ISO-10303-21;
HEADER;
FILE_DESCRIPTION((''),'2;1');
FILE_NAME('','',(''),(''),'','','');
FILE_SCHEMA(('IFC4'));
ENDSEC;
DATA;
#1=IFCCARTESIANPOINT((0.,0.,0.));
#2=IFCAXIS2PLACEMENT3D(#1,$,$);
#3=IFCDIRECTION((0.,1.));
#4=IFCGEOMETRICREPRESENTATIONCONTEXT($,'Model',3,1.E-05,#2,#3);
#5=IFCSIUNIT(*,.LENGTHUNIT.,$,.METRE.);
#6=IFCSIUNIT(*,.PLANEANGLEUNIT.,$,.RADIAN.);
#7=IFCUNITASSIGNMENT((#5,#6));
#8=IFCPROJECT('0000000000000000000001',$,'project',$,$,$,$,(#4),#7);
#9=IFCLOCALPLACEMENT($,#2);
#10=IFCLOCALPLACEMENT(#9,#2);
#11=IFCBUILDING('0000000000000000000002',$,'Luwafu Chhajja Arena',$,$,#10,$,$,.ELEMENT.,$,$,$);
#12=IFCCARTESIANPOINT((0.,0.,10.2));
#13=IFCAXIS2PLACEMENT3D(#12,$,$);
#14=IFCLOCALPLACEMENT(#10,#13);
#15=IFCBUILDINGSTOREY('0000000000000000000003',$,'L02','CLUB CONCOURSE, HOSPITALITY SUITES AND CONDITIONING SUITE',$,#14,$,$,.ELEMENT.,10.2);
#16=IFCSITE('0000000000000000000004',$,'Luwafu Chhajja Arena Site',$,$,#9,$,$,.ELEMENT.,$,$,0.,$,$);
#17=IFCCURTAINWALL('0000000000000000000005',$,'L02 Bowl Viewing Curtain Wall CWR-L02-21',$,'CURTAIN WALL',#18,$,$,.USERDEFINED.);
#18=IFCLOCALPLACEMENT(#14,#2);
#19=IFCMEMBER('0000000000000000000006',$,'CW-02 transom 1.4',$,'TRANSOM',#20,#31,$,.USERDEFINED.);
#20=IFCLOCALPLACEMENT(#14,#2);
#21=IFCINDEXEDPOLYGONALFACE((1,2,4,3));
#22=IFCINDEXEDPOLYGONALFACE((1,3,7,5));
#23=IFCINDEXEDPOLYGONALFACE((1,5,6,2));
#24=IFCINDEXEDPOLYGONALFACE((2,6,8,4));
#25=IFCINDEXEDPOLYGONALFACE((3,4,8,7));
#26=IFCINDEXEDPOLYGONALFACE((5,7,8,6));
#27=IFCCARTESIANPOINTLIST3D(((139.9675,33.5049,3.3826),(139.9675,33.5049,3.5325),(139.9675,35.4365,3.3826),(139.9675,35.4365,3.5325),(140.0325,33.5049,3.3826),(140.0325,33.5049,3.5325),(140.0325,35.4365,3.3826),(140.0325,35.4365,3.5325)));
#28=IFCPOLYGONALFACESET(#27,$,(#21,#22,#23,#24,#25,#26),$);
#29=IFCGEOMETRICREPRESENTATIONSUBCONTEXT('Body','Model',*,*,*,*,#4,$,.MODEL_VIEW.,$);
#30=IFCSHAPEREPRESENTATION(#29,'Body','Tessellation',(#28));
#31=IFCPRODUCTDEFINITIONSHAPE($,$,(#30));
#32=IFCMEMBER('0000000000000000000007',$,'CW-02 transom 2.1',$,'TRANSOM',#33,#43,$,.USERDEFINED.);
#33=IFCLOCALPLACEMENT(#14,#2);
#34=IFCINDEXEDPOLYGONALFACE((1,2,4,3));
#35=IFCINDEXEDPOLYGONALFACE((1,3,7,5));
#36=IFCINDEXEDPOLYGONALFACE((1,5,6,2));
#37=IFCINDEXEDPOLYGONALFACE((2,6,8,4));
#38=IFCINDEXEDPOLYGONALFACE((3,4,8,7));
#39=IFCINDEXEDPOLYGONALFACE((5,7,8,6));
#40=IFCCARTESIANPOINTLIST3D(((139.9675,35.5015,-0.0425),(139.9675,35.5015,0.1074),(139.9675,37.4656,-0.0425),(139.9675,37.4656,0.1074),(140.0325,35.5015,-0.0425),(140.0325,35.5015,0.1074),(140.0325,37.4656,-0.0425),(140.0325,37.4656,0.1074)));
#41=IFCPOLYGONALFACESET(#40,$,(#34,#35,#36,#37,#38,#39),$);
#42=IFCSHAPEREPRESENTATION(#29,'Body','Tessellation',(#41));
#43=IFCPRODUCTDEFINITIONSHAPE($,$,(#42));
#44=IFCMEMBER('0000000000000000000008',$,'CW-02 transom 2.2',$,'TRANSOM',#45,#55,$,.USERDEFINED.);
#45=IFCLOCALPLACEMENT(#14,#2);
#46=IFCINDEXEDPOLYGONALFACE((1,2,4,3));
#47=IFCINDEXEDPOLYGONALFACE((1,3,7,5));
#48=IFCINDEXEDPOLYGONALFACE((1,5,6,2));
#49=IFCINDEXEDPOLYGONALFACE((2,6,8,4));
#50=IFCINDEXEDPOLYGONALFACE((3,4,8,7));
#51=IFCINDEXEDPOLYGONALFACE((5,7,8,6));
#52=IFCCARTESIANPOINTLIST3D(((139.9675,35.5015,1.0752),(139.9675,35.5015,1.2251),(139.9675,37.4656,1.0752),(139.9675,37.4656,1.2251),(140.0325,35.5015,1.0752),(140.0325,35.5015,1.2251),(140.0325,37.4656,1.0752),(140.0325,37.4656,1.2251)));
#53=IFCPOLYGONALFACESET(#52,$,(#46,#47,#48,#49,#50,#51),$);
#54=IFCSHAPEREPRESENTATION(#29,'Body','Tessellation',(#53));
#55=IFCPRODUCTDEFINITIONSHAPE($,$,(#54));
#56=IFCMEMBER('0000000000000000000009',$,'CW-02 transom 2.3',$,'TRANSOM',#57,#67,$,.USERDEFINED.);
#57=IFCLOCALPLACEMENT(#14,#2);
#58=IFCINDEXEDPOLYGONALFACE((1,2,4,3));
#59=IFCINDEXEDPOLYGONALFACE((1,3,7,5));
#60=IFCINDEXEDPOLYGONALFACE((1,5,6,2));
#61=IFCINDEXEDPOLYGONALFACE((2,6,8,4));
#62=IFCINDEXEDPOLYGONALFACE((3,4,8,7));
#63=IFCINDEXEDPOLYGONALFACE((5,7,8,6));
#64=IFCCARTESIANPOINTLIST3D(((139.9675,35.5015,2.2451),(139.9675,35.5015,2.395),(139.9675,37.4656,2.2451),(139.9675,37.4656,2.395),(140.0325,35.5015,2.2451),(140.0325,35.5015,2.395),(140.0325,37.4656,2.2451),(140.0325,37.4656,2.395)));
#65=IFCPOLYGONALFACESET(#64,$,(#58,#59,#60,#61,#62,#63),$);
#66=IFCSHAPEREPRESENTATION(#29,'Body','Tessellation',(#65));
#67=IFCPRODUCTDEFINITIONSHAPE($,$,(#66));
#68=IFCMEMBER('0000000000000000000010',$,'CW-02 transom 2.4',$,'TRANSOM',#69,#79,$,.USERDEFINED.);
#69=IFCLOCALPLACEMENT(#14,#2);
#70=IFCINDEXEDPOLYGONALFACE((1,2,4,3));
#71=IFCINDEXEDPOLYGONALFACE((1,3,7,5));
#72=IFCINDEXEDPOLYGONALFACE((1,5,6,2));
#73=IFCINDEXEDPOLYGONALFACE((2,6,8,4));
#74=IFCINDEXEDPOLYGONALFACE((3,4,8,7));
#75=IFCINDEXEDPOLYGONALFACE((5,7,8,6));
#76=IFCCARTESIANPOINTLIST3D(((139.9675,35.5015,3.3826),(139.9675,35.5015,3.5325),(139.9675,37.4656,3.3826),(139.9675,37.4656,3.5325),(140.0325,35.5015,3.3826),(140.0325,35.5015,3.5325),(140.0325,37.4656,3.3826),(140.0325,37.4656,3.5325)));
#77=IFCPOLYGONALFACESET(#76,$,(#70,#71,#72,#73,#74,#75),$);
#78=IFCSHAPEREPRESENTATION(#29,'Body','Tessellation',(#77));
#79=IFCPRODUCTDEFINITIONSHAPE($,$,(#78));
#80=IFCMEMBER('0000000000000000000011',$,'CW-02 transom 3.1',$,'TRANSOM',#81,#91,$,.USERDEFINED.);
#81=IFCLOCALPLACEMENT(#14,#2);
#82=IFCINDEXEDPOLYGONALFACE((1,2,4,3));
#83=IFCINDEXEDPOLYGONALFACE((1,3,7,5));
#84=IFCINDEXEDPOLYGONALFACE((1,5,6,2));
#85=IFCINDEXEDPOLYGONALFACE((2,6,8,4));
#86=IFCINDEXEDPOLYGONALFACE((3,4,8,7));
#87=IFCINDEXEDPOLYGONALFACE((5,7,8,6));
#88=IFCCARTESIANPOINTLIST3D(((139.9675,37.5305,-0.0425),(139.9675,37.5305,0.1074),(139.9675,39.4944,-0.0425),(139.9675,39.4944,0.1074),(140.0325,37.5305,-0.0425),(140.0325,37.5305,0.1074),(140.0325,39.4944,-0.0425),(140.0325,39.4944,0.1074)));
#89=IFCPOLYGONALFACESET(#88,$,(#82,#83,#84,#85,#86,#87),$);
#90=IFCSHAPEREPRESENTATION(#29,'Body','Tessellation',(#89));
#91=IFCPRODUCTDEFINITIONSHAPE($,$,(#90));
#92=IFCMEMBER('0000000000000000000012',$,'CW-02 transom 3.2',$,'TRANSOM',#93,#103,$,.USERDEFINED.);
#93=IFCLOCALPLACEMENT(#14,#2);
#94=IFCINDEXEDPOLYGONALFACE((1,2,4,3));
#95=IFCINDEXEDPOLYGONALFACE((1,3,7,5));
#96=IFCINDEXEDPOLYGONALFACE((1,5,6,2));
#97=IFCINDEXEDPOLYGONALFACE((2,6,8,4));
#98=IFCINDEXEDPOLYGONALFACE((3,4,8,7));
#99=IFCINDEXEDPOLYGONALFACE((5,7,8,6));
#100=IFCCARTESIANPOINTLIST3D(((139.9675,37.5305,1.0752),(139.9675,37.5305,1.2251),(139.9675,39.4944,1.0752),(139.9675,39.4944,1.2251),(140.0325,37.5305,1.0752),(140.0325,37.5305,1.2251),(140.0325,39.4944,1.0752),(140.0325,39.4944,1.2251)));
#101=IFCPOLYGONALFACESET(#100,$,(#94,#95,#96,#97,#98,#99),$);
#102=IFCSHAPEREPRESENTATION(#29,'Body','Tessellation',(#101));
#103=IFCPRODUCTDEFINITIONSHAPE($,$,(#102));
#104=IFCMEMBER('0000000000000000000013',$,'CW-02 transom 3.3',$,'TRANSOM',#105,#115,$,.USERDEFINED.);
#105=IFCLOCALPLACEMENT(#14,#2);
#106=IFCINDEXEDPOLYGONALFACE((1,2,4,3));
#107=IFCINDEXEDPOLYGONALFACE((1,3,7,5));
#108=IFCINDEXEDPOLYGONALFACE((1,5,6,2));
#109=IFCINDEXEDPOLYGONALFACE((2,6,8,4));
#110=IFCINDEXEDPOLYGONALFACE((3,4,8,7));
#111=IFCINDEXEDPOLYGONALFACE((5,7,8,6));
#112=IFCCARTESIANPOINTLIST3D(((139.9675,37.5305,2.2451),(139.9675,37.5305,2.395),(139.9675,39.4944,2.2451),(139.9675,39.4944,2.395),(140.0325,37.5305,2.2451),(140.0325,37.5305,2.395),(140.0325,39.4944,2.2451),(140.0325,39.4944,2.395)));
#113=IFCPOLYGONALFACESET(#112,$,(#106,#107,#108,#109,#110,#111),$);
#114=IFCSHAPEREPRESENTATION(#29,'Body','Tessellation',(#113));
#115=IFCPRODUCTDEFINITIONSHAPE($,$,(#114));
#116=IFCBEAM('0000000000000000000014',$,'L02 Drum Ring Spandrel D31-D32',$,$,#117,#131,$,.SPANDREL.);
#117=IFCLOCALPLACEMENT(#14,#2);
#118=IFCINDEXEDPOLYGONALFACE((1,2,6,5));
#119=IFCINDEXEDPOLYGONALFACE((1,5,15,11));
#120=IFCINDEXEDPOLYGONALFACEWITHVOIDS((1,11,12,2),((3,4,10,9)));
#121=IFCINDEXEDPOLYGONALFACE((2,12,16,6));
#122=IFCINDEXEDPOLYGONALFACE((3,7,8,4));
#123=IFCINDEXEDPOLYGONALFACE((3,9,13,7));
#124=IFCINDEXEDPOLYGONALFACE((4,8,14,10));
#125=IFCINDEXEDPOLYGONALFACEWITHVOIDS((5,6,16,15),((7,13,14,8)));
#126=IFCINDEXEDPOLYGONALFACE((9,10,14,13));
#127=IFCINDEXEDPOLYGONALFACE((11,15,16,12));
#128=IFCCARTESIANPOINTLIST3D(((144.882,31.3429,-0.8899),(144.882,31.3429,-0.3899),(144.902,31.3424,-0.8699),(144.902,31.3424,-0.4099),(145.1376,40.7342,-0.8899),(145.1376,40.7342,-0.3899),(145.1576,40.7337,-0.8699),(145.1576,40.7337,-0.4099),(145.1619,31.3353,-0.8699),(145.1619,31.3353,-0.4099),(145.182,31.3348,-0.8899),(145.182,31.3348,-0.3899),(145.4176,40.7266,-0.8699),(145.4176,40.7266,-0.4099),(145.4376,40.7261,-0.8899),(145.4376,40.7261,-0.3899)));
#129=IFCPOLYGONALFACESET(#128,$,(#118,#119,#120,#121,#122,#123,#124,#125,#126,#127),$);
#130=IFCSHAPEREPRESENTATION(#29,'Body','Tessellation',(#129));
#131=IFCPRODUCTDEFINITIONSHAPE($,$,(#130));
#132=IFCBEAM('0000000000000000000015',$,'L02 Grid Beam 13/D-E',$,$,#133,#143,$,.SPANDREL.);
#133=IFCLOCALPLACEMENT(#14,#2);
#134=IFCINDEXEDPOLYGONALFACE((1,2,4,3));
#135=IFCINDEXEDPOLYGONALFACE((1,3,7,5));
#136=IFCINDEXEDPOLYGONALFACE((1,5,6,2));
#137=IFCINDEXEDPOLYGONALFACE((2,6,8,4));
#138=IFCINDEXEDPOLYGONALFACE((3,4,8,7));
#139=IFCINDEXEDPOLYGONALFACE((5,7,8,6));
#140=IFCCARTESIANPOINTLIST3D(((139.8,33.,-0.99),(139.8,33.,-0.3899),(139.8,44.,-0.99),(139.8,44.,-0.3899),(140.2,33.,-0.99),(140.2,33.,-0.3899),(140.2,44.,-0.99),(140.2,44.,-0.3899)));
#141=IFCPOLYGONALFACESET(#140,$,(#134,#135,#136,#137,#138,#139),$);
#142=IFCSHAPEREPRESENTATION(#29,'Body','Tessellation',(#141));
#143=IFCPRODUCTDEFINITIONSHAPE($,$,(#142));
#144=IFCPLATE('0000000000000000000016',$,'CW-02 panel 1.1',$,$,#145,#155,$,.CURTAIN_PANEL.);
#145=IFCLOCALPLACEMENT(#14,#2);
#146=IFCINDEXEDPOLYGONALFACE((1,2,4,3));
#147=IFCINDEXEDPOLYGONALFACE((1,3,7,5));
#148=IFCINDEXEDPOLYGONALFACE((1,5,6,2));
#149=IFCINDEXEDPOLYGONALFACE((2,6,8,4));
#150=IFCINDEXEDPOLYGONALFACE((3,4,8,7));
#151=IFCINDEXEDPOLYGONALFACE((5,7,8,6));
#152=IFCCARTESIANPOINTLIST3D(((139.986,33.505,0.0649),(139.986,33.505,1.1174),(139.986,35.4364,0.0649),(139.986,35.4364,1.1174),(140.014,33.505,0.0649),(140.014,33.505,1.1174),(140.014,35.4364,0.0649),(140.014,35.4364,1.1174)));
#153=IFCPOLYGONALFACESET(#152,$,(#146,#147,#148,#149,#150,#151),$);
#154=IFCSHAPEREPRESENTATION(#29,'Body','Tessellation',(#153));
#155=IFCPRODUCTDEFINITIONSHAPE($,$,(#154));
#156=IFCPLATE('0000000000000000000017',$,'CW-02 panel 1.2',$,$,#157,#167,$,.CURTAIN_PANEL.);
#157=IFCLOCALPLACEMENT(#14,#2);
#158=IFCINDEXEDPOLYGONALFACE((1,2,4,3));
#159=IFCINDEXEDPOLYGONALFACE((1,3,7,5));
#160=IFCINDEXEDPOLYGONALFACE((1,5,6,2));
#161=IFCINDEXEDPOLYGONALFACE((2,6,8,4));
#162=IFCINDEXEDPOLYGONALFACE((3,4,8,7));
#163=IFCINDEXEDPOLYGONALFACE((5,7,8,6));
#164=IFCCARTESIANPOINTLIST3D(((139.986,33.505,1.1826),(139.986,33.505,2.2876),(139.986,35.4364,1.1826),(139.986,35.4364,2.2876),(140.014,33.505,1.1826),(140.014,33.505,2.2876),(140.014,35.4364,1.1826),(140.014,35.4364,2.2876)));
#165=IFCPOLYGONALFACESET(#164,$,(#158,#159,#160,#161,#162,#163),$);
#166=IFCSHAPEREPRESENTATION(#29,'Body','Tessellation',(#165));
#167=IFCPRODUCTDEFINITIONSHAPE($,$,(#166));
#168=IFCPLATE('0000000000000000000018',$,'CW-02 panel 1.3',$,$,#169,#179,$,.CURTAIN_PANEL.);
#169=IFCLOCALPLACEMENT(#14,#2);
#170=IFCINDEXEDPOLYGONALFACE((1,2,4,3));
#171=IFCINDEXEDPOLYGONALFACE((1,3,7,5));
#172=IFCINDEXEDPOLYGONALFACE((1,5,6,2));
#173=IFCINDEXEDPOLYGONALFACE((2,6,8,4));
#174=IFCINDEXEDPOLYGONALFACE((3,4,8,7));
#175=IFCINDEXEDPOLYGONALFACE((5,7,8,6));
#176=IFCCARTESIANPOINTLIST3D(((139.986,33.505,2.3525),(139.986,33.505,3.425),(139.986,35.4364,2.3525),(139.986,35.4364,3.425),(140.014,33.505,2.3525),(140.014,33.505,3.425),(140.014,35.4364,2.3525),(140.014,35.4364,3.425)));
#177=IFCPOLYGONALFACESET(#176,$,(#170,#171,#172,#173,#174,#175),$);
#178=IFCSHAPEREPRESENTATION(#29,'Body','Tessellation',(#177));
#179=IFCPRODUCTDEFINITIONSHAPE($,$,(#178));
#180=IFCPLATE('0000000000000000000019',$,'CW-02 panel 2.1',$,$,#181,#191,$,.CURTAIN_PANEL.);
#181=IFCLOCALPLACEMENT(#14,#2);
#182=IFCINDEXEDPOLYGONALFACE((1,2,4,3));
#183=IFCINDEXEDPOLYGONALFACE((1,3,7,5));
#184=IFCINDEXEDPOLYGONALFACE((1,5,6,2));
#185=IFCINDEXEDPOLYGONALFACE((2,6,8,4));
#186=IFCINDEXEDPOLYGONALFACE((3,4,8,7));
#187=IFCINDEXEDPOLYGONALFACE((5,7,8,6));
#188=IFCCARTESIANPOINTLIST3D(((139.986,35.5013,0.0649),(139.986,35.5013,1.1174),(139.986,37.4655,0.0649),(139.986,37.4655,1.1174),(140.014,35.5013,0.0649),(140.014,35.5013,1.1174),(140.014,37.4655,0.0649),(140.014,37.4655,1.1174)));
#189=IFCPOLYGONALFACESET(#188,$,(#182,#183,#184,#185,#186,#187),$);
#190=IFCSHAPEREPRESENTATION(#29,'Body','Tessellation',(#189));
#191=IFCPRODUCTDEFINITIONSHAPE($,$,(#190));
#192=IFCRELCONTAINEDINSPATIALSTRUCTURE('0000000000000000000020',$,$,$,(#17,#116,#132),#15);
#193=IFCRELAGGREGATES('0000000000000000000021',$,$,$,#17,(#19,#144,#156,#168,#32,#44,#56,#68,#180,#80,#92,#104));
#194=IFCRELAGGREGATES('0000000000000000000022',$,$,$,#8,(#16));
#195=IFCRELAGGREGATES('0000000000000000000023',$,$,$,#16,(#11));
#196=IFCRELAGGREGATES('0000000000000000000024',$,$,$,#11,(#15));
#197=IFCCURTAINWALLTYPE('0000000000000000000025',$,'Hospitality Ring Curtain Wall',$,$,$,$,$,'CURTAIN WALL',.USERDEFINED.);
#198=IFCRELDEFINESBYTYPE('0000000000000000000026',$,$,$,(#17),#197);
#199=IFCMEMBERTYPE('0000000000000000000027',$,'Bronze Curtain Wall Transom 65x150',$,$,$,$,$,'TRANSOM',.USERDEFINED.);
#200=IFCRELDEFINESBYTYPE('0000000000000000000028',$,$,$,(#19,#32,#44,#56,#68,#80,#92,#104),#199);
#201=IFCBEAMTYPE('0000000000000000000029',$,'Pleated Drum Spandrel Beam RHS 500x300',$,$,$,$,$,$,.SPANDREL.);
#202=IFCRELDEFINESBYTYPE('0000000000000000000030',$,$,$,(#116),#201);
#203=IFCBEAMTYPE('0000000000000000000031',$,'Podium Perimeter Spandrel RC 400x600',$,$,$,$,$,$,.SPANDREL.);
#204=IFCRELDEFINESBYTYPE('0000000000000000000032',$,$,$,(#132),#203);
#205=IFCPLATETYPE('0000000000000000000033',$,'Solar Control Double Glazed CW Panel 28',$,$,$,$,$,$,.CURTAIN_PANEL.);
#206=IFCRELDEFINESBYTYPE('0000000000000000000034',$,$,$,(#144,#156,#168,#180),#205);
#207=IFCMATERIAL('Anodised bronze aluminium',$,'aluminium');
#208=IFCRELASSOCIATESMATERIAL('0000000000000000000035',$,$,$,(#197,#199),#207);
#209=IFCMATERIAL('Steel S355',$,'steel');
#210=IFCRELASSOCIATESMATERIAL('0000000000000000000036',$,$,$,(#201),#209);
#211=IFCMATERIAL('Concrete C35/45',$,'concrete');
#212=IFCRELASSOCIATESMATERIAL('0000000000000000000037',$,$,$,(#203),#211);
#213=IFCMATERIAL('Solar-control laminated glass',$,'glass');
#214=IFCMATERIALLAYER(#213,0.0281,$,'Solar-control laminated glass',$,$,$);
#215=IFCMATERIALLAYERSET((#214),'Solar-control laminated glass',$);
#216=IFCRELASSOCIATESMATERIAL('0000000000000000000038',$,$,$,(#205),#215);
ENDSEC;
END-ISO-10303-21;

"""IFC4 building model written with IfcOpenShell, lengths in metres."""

from ifc_helpers import new_model, si_unit, direction, frame, origin, origin_2d, place, context, subcontext, project, spatial, rectangle, hollow_rectangle, extrude, material, layer, layer_set, material_profile, profile_set, type_object, element, aggregate, save


model = new_model("IFC4")

# Units and contexts
model_context = context("Model", 3, precision=1e-05, world=origin(), true_north=direction((0.0, 1.0)))
body_context = subcontext(model_context, "Body", "Model", "MODEL_VIEW")
ifc_project = project(units=[si_unit("LENGTHUNIT", "METRE"), si_unit("PLANEANGLEUNIT", "RADIAN")], contexts=[model_context])

# Site, building, storey
site_placement = place(None, origin())
site = spatial("IfcSite", under=ifc_project, at=site_placement, Name="Luwafu Chhajja Arena Site", CompositionType="ELEMENT", RefElevation=0.0)
building_placement = place(site_placement, origin())
building = spatial("IfcBuilding", under=site, at=building_placement, Name="Luwafu Chhajja Arena", CompositionType="ELEMENT")
storey_placement = place(building_placement, frame((0.0, 0.0, 10.2)))
storey = spatial("IfcBuildingStorey", under=building, at=storey_placement, Name="L02", Description="CLUB CONCOURSE, HOSPITALITY SUITES AND CONDITIONING SUITE", CompositionType="ELEMENT", Elevation=10.2)

# Shared definitions
ifc_material_1 = material(Name="Concrete C35/45", Category="concrete")
ifc_material_2 = material(Name="Steel S355", Category="steel")

# Curtain wall, members
ifc_material_3 = material(Name="Anodised bronze aluminium", Category="aluminium")
curtain_wall_type = type_object("IfcCurtainWallType", Name="Hospitality Ring Curtain Wall", ElementType="CURTAIN WALL", PredefinedType="USERDEFINED", material=ifc_material_3)
curtain_wall_placement = place(storey_placement, origin())
curtain_wall = element("IfcCurtainWall", 1, at=curtain_wall_placement, inside=storey, type_object=curtain_wall_type, Name="L02 Bowl Viewing Curtain Wall CWR-L02-21", ObjectType="CURTAIN WALL", PredefinedType="USERDEFINED")
ifc_material_profile_1 = material_profile(ifc_material_3, rectangle(XDim=0.0649, YDim=0.1499, at=origin_2d()), Name="CWT 65x150")
ifc_profile_set_1 = profile_set([ifc_material_profile_1], Name="Anodised bronze aluminium")
member_type_1 = type_object("IfcMemberType", Name="Bronze Curtain Wall Transom 65x150", ElementType="TRANSOM", PredefinedType="USERDEFINED", material=ifc_profile_set_1)
member_1_placement = place(storey_placement, frame((140.0, 33.5049, 3.4575), z_axis=(0.0, 1.0, 0.0), x_axis=(-1.0, 0.0, 0.0)))
member_1 = element("IfcMember", 2, at=member_1_placement, type_object=member_type_1, Name="CW-02 transom 1.4", ObjectType="TRANSOM", PredefinedType="USERDEFINED", context=body_context, shape_type="SweptSolid", body=[
    extrude(rectangle(XDim=0.0649, YDim=0.1499, at=origin_2d()), origin(), (0.0, 0.0, 1.0), 1.9316),
])
member_2_placement = place(storey_placement, frame((140.0, 35.5015, 0.0325), z_axis=(0.0, 1.0, 0.0), x_axis=(-1.0, 0.0, 0.0)))
member_2 = element("IfcMember", 3, at=member_2_placement, type_object=member_type_1, Name="CW-02 transom 2.1", ObjectType="TRANSOM", PredefinedType="USERDEFINED", context=body_context, shape_type="SweptSolid", body=[
    extrude(rectangle(XDim=0.0649, YDim=0.1499, at=origin_2d()), origin(), (0.0, 0.0, 1.0), 1.9641),
])
member_3_placement = place(storey_placement, frame((140.0, 35.5015, 1.1501), z_axis=(0.0, 1.0, 0.0), x_axis=(-1.0, 0.0, 0.0)))
member_3 = element("IfcMember", 4, at=member_3_placement, type_object=member_type_1, Name="CW-02 transom 2.2", ObjectType="TRANSOM", PredefinedType="USERDEFINED", context=body_context, shape_type="SweptSolid", body=[
    extrude(rectangle(XDim=0.0649, YDim=0.1499, at=origin_2d()), origin(), (0.0, 0.0, 1.0), 1.9641),
])
member_4_placement = place(storey_placement, frame((140.0, 35.5015, 2.3201), z_axis=(0.0, 1.0, 0.0), x_axis=(-1.0, 0.0, 0.0)))
member_4 = element("IfcMember", 5, at=member_4_placement, type_object=member_type_1, Name="CW-02 transom 2.3", ObjectType="TRANSOM", PredefinedType="USERDEFINED", context=body_context, shape_type="SweptSolid", body=[
    extrude(rectangle(XDim=0.0649, YDim=0.1499, at=origin_2d()), origin(), (0.0, 0.0, 1.0), 1.9641),
])
member_5_placement = place(storey_placement, frame((140.0, 35.5015, 3.4575), z_axis=(0.0, 1.0, 0.0), x_axis=(-1.0, 0.0, 0.0)))
member_5 = element("IfcMember", 6, at=member_5_placement, type_object=member_type_1, Name="CW-02 transom 2.4", ObjectType="TRANSOM", PredefinedType="USERDEFINED", context=body_context, shape_type="SweptSolid", body=[
    extrude(rectangle(XDim=0.0649, YDim=0.1499, at=origin_2d()), origin(), (0.0, 0.0, 1.0), 1.9641),
])
member_6_placement = place(storey_placement, frame((140.0, 37.5305, 0.0325), z_axis=(0.0, 1.0, 0.0), x_axis=(-1.0, 0.0, 0.0)))
member_6 = element("IfcMember", 7, at=member_6_placement, type_object=member_type_1, Name="CW-02 transom 3.1", ObjectType="TRANSOM", PredefinedType="USERDEFINED", context=body_context, shape_type="SweptSolid", body=[
    extrude(rectangle(XDim=0.0649, YDim=0.1499, at=origin_2d()), origin(), (0.0, 0.0, 1.0), 1.9639),
])
member_7_placement = place(storey_placement, frame((140.0, 37.5305, 1.1501), z_axis=(0.0, 1.0, 0.0), x_axis=(-1.0, 0.0, 0.0)))
member_7 = element("IfcMember", 8, at=member_7_placement, type_object=member_type_1, Name="CW-02 transom 3.2", ObjectType="TRANSOM", PredefinedType="USERDEFINED", context=body_context, shape_type="SweptSolid", body=[
    extrude(rectangle(XDim=0.0649, YDim=0.1499, at=origin_2d()), origin(), (0.0, 0.0, 1.0), 1.9639),
])
member_8_placement = place(storey_placement, frame((140.0, 37.5305, 2.3201), z_axis=(0.0, 1.0, 0.0), x_axis=(-1.0, 0.0, 0.0)))
member_8 = element("IfcMember", 9, at=member_8_placement, type_object=member_type_1, Name="CW-02 transom 3.3", ObjectType="TRANSOM", PredefinedType="USERDEFINED", context=body_context, shape_type="SweptSolid", body=[
    extrude(rectangle(XDim=0.0649, YDim=0.1499, at=origin_2d()), origin(), (0.0, 0.0, 1.0), 1.9639),
])

# Beams
ifc_material_profile_2 = material_profile(ifc_material_2, hollow_rectangle(XDim=0.3, YDim=0.5, WallThickness=0.02, at=origin_2d()), Name="RHS 500x300x20")
ifc_profile_set_2 = profile_set([ifc_material_profile_2], Name="Steel S355")
beam_type_1 = type_object("IfcBeamType", Name="Pleated Drum Spandrel Beam RHS 500x300", PredefinedType="SPANDREL", material=ifc_profile_set_2)
beam_1_placement = place(storey_placement, frame((145.032, 31.3389, -0.6399), z_axis=(0.027208, 0.99963, 0.0), x_axis=(-0.99963, 0.027208, 0.0)))
element("IfcBeam", 10, at=beam_1_placement, inside=storey, type_object=beam_type_1, Name="L02 Drum Ring Spandrel D31-D32", PredefinedType="SPANDREL", context=body_context, shape_type="SweptSolid", body=[
    extrude(hollow_rectangle(XDim=0.3, YDim=0.5, WallThickness=0.02, at=origin_2d()), origin(), (0.0, 0.0, 1.0), 9.3948),
])
ifc_material_profile_3 = material_profile(ifc_material_1, rectangle(XDim=0.3999, YDim=0.6001, at=origin_2d()), Name="RC 400x600")
ifc_profile_set_3 = profile_set([ifc_material_profile_3], Name="Concrete C35/45")
beam_type_2 = type_object("IfcBeamType", Name="Podium Perimeter Spandrel RC 400x600", PredefinedType="SPANDREL", material=ifc_profile_set_3)
beam_2_placement = place(storey_placement, frame((140.0, 33.0, -0.6899), z_axis=(0.0, 1.0, 0.0), x_axis=(-1.0, 0.0, 0.0)))
element("IfcBeam", 11, at=beam_2_placement, inside=storey, type_object=beam_type_2, Name="L02 Grid Beam 13/D-E", PredefinedType="SPANDREL", context=body_context, shape_type="SweptSolid", body=[
    extrude(rectangle(XDim=0.3999, YDim=0.6001, at=origin_2d()), origin(), (0.0, 0.0, 1.0), 11.0),
])

# Plates
ifc_material_4 = material(Name="Solar-control laminated glass", Category="glass")
ifc_layer = layer(ifc_material_4, 0.0281, Name="Solar-control laminated glass")
ifc_layer_set = layer_set([ifc_layer], Name="Solar-control laminated glass")
plate_type = type_object("IfcPlateType", Name="Solar Control Double Glazed CW Panel 28", PredefinedType="CURTAIN_PANEL", material=ifc_layer_set)
plate_1_placement = place(storey_placement, frame((140.0, 34.4707, 0.0649), z_axis=(0.0, 0.0, 1.0), x_axis=(0.0, 1.0, 0.0)))
plate_1 = element("IfcPlate", 12, at=plate_1_placement, type_object=plate_type, Name="CW-02 panel 1.1", PredefinedType="CURTAIN_PANEL", context=body_context, shape_type="SweptSolid", body=[
    extrude(rectangle(XDim=1.9314, YDim=0.0281, at=origin_2d()), origin(), (0.0, 0.0, 1.0), 1.0525),
])
plate_2_placement = place(storey_placement, frame((140.0, 34.4707, 1.1826), z_axis=(0.0, 0.0, 1.0), x_axis=(0.0, 1.0, 0.0)))
plate_2 = element("IfcPlate", 13, at=plate_2_placement, type_object=plate_type, Name="CW-02 panel 1.2", PredefinedType="CURTAIN_PANEL", context=body_context, shape_type="SweptSolid", body=[
    extrude(rectangle(XDim=1.9314, YDim=0.0281, at=origin_2d()), origin(), (0.0, 0.0, 1.0), 1.105),
])
plate_3_placement = place(storey_placement, frame((140.0, 34.4707, 2.3525), z_axis=(0.0, 0.0, 1.0), x_axis=(0.0, 1.0, 0.0)))
plate_3 = element("IfcPlate", 14, at=plate_3_placement, type_object=plate_type, Name="CW-02 panel 1.3", PredefinedType="CURTAIN_PANEL", context=body_context, shape_type="SweptSolid", body=[
    extrude(rectangle(XDim=1.9314, YDim=0.0281, at=origin_2d()), origin(), (0.0, 0.0, 1.0), 1.0725),
])
plate_4_placement = place(storey_placement, frame((140.0, 36.4834, 0.0649), z_axis=(0.0, 0.0, 1.0), x_axis=(0.0, 1.0, 0.0)))
plate_4 = element("IfcPlate", 15, at=plate_4_placement, type_object=plate_type, Name="CW-02 panel 2.1", PredefinedType="CURTAIN_PANEL", context=body_context, shape_type="SweptSolid", body=[
    extrude(rectangle(XDim=1.9641, YDim=0.0281, at=origin_2d()), origin(), (0.0, 0.0, 1.0), 1.0525),
])
aggregate(curtain_wall, [member_1, plate_1, plate_2, plate_3, member_2, member_3, member_4, member_5, plate_4, member_6, member_7, member_8])

save(model, "model.ifc")
